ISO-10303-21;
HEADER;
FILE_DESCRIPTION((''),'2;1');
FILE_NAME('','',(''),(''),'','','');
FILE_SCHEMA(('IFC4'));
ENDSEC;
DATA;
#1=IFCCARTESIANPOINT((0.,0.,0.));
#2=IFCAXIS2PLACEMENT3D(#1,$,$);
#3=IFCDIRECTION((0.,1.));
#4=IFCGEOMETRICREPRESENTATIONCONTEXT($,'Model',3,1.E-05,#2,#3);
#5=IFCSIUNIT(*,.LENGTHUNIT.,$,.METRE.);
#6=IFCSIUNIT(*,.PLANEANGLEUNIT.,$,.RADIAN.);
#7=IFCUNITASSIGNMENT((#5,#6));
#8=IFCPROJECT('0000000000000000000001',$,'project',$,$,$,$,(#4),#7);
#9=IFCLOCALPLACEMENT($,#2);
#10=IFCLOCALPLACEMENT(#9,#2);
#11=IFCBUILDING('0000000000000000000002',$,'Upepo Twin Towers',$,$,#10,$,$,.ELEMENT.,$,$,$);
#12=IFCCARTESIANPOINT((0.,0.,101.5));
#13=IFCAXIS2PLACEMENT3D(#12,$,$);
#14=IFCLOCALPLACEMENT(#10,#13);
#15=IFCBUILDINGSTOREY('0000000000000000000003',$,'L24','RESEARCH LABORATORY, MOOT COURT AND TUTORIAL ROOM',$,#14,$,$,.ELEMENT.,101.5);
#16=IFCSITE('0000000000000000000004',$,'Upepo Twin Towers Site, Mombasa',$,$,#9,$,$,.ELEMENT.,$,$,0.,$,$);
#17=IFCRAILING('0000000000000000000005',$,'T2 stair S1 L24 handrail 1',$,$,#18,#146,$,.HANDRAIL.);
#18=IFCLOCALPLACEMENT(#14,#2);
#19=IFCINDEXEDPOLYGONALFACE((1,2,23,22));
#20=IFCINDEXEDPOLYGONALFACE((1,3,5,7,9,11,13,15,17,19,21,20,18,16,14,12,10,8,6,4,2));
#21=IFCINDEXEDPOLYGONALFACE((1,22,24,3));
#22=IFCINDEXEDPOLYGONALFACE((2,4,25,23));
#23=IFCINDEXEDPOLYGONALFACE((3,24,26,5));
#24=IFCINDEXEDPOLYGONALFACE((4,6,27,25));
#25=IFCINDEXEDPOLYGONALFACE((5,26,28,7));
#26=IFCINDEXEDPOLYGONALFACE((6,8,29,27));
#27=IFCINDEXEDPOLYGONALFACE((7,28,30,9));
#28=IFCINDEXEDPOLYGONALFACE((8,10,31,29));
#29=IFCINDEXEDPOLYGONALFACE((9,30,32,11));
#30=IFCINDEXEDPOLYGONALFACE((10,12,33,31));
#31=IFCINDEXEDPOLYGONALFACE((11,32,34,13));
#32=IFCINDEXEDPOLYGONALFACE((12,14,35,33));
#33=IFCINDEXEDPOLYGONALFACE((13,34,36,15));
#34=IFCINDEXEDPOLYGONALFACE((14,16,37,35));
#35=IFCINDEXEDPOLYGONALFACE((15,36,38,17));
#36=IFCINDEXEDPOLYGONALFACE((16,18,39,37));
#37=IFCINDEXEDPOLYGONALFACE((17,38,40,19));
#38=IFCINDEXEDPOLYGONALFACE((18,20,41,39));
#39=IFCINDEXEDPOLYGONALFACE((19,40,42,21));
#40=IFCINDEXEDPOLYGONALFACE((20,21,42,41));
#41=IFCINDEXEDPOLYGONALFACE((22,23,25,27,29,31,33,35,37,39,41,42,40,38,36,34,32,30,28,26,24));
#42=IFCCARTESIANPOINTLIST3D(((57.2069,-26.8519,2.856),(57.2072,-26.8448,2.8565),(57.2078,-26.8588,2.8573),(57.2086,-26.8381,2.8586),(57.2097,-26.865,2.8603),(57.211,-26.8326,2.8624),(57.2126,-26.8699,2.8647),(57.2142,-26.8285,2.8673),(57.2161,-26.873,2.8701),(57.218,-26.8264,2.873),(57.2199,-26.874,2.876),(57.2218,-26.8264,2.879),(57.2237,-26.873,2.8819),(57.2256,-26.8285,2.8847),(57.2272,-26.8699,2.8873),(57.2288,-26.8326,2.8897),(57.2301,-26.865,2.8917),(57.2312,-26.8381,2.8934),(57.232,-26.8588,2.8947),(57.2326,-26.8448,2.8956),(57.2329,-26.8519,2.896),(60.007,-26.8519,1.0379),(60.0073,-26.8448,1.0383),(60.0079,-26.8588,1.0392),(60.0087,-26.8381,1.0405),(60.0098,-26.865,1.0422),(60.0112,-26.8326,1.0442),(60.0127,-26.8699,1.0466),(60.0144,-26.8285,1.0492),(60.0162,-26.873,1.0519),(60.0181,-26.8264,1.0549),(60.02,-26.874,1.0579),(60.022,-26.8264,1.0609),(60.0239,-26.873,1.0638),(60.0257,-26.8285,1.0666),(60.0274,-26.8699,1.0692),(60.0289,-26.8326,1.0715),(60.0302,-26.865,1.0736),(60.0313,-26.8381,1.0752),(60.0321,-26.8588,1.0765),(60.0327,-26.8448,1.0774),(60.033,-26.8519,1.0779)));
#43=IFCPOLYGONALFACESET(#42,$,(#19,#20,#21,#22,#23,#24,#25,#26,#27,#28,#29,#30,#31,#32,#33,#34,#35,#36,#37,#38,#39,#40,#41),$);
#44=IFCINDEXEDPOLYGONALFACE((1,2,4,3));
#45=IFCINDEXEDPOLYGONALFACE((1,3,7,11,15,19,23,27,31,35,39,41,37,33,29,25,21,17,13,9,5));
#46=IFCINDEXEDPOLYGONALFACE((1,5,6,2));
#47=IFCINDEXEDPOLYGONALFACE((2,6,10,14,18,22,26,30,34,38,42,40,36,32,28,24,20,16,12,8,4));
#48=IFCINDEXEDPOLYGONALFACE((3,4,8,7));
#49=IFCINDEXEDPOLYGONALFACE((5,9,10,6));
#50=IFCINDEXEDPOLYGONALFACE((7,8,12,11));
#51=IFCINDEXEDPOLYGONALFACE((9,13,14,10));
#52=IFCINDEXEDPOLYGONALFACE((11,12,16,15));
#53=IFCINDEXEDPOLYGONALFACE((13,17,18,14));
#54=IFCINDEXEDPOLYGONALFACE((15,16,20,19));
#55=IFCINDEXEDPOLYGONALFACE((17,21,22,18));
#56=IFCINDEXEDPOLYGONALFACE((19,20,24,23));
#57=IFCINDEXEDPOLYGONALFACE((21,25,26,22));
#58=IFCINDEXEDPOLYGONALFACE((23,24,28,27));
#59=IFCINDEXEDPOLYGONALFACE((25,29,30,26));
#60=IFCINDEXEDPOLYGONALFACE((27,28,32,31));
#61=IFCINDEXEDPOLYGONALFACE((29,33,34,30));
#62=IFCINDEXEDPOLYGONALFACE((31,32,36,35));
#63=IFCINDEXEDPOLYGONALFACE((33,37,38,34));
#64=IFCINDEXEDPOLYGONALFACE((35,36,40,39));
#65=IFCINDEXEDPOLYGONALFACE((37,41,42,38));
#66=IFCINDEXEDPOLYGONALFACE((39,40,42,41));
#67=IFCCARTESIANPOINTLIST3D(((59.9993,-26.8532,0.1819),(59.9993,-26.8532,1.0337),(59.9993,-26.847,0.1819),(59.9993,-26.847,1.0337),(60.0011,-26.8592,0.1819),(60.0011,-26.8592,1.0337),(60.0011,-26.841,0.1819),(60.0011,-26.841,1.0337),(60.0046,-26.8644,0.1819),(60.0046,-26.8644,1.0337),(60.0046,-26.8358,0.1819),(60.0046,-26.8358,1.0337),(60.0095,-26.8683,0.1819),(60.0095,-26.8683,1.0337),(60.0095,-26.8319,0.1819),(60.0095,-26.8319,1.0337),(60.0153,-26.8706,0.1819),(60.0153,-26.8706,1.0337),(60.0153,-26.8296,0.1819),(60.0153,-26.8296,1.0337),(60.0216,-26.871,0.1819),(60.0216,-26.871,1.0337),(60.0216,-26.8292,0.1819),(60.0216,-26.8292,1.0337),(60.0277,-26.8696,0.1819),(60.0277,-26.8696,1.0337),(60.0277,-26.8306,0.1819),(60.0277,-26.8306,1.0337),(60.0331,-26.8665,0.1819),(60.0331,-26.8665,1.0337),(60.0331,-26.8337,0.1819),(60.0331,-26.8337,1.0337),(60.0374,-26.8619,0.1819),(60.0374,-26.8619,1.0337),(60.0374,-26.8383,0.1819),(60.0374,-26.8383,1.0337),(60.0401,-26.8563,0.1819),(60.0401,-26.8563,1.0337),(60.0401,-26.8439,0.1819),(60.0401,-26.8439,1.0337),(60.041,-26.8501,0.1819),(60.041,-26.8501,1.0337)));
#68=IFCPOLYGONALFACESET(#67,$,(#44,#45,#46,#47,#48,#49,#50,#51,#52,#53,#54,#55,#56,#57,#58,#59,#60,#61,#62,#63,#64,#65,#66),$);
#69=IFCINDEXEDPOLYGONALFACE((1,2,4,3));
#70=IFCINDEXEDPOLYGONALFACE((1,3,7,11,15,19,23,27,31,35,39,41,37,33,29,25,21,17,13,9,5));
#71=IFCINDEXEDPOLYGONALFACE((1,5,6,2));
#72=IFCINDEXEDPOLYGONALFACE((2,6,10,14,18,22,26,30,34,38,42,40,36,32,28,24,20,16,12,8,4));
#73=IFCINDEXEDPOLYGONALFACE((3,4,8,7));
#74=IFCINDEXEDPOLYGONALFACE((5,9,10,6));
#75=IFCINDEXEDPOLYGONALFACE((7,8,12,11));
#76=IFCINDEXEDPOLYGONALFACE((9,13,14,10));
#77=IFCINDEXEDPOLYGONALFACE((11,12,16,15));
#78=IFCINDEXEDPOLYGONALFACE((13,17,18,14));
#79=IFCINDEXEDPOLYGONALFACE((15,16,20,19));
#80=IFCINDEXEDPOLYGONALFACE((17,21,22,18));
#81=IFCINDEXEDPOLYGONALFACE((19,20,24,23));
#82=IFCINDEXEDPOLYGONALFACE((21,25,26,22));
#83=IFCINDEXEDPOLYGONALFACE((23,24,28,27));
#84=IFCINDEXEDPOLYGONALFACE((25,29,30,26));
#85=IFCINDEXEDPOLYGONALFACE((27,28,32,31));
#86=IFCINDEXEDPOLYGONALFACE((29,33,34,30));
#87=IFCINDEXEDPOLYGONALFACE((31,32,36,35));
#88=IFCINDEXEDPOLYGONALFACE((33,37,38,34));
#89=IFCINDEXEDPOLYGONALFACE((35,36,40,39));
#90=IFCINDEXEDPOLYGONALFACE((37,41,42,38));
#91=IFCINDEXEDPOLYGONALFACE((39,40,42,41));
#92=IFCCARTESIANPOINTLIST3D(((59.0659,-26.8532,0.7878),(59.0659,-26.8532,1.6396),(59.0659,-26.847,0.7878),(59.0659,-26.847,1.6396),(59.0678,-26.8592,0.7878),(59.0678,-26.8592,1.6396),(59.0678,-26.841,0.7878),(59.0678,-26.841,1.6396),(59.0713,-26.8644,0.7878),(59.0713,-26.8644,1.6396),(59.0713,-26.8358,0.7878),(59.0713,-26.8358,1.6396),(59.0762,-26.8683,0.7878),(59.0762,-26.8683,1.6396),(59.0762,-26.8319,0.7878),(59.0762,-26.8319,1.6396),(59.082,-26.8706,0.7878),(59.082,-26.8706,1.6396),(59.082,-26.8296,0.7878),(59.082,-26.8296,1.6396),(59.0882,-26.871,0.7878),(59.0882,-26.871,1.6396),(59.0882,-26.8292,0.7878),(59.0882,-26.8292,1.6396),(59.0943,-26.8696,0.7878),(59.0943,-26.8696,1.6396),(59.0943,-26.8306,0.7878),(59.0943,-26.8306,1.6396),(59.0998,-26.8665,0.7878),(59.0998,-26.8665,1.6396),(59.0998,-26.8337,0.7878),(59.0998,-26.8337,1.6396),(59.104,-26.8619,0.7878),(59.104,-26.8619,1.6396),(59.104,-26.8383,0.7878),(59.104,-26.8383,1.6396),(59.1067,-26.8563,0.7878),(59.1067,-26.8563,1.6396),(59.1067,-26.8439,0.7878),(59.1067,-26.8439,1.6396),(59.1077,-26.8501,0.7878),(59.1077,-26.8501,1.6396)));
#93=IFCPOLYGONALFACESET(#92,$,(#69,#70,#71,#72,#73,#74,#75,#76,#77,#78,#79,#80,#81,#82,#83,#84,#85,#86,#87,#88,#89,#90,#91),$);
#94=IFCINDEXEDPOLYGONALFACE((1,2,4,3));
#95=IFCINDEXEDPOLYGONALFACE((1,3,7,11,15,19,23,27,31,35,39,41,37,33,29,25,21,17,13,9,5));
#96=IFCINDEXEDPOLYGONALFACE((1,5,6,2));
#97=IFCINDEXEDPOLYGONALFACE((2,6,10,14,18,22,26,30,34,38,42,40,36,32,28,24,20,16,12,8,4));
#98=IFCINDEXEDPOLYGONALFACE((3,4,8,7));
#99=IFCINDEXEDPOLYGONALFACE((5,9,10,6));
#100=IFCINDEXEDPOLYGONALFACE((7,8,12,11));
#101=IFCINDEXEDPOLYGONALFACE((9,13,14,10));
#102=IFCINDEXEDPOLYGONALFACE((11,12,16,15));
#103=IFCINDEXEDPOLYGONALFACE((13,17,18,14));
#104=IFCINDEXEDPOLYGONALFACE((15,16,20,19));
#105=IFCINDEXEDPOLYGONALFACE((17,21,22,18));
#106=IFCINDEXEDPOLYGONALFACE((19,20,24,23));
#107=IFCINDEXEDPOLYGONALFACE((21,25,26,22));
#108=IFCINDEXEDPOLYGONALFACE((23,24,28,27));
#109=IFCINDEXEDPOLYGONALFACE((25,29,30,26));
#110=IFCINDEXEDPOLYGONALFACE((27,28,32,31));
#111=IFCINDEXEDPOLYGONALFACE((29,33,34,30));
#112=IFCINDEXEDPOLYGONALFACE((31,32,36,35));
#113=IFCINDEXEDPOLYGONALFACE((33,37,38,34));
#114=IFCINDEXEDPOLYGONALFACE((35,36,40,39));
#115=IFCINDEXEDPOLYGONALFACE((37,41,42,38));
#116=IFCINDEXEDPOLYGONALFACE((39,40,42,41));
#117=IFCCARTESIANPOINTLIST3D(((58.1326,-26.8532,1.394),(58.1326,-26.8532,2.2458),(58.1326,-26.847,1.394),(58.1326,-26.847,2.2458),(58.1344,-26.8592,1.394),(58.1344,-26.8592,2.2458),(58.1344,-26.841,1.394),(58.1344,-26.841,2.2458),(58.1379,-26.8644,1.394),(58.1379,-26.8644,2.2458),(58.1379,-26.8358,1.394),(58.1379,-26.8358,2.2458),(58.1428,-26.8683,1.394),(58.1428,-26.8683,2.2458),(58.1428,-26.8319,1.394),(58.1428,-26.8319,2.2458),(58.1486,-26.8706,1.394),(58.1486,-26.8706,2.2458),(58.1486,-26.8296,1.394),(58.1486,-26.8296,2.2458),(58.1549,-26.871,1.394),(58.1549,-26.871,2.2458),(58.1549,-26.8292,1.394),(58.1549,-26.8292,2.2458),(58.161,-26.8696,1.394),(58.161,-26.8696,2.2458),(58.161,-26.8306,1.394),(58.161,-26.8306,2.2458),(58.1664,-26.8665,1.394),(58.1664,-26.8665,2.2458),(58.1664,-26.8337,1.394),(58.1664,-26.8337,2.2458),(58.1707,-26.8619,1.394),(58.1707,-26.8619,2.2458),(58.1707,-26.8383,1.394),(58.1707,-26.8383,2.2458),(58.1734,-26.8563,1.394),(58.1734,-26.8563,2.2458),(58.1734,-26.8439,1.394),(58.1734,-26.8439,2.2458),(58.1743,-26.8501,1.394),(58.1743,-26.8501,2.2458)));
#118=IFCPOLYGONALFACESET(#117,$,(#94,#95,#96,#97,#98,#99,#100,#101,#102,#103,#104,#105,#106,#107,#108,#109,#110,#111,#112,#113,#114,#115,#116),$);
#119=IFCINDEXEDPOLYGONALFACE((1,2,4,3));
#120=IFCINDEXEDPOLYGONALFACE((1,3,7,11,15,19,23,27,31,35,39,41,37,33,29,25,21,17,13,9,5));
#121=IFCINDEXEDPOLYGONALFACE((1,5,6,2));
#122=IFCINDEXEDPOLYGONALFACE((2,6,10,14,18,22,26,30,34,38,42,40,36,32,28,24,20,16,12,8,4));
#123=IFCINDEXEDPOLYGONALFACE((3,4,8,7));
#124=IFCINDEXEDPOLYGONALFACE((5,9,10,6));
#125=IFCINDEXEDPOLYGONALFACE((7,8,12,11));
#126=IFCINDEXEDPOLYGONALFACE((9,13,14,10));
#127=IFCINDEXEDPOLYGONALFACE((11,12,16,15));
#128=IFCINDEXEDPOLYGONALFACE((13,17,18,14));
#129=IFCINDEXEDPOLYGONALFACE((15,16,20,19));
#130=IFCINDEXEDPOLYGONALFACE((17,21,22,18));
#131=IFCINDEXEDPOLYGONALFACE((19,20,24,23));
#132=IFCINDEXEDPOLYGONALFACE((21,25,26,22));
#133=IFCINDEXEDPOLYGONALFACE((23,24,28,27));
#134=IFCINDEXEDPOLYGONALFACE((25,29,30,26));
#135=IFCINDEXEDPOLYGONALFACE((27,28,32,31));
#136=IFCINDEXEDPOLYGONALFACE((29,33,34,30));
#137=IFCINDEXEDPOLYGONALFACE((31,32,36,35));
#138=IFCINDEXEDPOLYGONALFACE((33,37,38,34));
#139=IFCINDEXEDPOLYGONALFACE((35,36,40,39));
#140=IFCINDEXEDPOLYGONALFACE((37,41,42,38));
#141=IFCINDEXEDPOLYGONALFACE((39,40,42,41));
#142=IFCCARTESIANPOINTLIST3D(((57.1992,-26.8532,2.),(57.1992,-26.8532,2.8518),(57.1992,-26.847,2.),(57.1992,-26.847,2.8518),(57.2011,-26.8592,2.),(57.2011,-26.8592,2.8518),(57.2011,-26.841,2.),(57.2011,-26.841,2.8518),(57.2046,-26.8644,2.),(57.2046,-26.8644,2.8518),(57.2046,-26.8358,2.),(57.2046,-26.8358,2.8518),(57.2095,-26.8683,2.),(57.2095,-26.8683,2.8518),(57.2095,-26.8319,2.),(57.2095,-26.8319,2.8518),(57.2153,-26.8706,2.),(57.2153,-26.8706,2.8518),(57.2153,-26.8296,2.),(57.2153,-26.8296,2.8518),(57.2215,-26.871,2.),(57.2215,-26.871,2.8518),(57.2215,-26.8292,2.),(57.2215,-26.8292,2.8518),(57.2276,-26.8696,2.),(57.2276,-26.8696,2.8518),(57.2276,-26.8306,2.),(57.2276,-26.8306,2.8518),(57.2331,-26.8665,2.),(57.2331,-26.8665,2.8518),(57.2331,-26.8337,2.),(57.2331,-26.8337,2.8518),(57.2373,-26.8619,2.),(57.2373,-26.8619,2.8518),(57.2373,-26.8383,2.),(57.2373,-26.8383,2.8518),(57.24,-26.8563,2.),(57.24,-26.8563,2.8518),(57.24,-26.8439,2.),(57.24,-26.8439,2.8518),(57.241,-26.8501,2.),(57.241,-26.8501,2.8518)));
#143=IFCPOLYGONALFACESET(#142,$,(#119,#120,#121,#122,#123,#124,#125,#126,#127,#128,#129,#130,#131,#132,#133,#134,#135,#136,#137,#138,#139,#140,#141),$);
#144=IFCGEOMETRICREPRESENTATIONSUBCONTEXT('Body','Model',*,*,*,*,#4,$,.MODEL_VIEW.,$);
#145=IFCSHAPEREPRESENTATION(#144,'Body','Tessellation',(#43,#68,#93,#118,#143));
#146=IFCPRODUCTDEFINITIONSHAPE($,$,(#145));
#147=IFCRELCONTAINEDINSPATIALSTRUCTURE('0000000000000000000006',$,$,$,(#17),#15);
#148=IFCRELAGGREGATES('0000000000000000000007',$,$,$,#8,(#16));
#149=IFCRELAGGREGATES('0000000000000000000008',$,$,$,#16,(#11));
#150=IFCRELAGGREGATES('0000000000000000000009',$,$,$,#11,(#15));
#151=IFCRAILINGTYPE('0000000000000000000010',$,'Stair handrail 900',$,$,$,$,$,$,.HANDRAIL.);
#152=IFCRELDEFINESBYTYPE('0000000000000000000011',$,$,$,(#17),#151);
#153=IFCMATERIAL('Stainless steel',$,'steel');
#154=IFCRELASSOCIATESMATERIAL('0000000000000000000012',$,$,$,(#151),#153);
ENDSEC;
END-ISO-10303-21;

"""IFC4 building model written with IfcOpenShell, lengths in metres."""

from ifc_helpers import new_model, si_unit, direction, frame, origin, origin_2d, place, context, subcontext, project, spatial, circle, extrude, material, type_object, element, save


model = new_model("IFC4")

# Units and contexts
model_context = context("Model", 3, precision=1e-05, world=origin(), true_north=direction((0.0, 1.0)))
body_context = subcontext(model_context, "Body", "Model", "MODEL_VIEW")
ifc_project = project(units=[si_unit("LENGTHUNIT", "METRE"), si_unit("PLANEANGLEUNIT", "RADIAN")], contexts=[model_context])

# Site, building, storey
site_placement = place(None, origin())
site = spatial("IfcSite", under=ifc_project, at=site_placement, Name="Upepo Twin Towers Site, Mombasa", CompositionType="ELEMENT", RefElevation=0.0)
building_placement = place(site_placement, origin())
building = spatial("IfcBuilding", under=site, at=building_placement, Name="Upepo Twin Towers", CompositionType="ELEMENT")
storey_placement = place(building_placement, frame((0.0, 0.0, 101.5)))
storey = spatial("IfcBuildingStorey", under=building, at=storey_placement, Name="L24", Description="RESEARCH LABORATORY, MOOT COURT AND TUTORIAL ROOM", CompositionType="ELEMENT", Elevation=101.5)

# Railing
ifc_material_1 = material(Name="Stainless steel", Category="steel")
railing_type = type_object("IfcRailingType", Name="Stair handrail 900", PredefinedType="HANDRAIL", material=ifc_material_1)
railing_1_placement = place(storey_placement, frame((60.02, -26.8501, 0.1819)))
element("IfcRailing", 1, at=railing_1_placement, inside=storey, type_object=railing_type, Name="T2 stair S1 L24 handrail 1", PredefinedType="HANDRAIL", context=body_context, shape_type="SweptSolid", body=[
    extrude(circle(Radius=0.0239, at=origin_2d()), frame((0.0, 0.0, 0.876), z_axis=(-0.838706, 0.0, 0.544585), x_axis=(0.0, -1.0, 0.0)), (0.0, 0.0, 1.0), 3.3386),
    extrude(circle(Radius=0.021, at=origin_2d()), origin(), (0.0, 0.0, 1.0), 0.8518),
    extrude(circle(Radius=0.021, at=origin_2d()), frame((-0.9333, 0.0, 0.606)), (0.0, 0.0, 1.0), 0.8518),
    extrude(circle(Radius=0.021, at=origin_2d()), frame((-1.8667, 0.0, 1.2122)), (0.0, 0.0, 1.0), 0.8518),
    extrude(circle(Radius=0.021, at=origin_2d()), frame((-2.8, 0.0, 1.8181)), (0.0, 0.0, 1.0), 0.8518),
])

save(model, "model.ifc")
